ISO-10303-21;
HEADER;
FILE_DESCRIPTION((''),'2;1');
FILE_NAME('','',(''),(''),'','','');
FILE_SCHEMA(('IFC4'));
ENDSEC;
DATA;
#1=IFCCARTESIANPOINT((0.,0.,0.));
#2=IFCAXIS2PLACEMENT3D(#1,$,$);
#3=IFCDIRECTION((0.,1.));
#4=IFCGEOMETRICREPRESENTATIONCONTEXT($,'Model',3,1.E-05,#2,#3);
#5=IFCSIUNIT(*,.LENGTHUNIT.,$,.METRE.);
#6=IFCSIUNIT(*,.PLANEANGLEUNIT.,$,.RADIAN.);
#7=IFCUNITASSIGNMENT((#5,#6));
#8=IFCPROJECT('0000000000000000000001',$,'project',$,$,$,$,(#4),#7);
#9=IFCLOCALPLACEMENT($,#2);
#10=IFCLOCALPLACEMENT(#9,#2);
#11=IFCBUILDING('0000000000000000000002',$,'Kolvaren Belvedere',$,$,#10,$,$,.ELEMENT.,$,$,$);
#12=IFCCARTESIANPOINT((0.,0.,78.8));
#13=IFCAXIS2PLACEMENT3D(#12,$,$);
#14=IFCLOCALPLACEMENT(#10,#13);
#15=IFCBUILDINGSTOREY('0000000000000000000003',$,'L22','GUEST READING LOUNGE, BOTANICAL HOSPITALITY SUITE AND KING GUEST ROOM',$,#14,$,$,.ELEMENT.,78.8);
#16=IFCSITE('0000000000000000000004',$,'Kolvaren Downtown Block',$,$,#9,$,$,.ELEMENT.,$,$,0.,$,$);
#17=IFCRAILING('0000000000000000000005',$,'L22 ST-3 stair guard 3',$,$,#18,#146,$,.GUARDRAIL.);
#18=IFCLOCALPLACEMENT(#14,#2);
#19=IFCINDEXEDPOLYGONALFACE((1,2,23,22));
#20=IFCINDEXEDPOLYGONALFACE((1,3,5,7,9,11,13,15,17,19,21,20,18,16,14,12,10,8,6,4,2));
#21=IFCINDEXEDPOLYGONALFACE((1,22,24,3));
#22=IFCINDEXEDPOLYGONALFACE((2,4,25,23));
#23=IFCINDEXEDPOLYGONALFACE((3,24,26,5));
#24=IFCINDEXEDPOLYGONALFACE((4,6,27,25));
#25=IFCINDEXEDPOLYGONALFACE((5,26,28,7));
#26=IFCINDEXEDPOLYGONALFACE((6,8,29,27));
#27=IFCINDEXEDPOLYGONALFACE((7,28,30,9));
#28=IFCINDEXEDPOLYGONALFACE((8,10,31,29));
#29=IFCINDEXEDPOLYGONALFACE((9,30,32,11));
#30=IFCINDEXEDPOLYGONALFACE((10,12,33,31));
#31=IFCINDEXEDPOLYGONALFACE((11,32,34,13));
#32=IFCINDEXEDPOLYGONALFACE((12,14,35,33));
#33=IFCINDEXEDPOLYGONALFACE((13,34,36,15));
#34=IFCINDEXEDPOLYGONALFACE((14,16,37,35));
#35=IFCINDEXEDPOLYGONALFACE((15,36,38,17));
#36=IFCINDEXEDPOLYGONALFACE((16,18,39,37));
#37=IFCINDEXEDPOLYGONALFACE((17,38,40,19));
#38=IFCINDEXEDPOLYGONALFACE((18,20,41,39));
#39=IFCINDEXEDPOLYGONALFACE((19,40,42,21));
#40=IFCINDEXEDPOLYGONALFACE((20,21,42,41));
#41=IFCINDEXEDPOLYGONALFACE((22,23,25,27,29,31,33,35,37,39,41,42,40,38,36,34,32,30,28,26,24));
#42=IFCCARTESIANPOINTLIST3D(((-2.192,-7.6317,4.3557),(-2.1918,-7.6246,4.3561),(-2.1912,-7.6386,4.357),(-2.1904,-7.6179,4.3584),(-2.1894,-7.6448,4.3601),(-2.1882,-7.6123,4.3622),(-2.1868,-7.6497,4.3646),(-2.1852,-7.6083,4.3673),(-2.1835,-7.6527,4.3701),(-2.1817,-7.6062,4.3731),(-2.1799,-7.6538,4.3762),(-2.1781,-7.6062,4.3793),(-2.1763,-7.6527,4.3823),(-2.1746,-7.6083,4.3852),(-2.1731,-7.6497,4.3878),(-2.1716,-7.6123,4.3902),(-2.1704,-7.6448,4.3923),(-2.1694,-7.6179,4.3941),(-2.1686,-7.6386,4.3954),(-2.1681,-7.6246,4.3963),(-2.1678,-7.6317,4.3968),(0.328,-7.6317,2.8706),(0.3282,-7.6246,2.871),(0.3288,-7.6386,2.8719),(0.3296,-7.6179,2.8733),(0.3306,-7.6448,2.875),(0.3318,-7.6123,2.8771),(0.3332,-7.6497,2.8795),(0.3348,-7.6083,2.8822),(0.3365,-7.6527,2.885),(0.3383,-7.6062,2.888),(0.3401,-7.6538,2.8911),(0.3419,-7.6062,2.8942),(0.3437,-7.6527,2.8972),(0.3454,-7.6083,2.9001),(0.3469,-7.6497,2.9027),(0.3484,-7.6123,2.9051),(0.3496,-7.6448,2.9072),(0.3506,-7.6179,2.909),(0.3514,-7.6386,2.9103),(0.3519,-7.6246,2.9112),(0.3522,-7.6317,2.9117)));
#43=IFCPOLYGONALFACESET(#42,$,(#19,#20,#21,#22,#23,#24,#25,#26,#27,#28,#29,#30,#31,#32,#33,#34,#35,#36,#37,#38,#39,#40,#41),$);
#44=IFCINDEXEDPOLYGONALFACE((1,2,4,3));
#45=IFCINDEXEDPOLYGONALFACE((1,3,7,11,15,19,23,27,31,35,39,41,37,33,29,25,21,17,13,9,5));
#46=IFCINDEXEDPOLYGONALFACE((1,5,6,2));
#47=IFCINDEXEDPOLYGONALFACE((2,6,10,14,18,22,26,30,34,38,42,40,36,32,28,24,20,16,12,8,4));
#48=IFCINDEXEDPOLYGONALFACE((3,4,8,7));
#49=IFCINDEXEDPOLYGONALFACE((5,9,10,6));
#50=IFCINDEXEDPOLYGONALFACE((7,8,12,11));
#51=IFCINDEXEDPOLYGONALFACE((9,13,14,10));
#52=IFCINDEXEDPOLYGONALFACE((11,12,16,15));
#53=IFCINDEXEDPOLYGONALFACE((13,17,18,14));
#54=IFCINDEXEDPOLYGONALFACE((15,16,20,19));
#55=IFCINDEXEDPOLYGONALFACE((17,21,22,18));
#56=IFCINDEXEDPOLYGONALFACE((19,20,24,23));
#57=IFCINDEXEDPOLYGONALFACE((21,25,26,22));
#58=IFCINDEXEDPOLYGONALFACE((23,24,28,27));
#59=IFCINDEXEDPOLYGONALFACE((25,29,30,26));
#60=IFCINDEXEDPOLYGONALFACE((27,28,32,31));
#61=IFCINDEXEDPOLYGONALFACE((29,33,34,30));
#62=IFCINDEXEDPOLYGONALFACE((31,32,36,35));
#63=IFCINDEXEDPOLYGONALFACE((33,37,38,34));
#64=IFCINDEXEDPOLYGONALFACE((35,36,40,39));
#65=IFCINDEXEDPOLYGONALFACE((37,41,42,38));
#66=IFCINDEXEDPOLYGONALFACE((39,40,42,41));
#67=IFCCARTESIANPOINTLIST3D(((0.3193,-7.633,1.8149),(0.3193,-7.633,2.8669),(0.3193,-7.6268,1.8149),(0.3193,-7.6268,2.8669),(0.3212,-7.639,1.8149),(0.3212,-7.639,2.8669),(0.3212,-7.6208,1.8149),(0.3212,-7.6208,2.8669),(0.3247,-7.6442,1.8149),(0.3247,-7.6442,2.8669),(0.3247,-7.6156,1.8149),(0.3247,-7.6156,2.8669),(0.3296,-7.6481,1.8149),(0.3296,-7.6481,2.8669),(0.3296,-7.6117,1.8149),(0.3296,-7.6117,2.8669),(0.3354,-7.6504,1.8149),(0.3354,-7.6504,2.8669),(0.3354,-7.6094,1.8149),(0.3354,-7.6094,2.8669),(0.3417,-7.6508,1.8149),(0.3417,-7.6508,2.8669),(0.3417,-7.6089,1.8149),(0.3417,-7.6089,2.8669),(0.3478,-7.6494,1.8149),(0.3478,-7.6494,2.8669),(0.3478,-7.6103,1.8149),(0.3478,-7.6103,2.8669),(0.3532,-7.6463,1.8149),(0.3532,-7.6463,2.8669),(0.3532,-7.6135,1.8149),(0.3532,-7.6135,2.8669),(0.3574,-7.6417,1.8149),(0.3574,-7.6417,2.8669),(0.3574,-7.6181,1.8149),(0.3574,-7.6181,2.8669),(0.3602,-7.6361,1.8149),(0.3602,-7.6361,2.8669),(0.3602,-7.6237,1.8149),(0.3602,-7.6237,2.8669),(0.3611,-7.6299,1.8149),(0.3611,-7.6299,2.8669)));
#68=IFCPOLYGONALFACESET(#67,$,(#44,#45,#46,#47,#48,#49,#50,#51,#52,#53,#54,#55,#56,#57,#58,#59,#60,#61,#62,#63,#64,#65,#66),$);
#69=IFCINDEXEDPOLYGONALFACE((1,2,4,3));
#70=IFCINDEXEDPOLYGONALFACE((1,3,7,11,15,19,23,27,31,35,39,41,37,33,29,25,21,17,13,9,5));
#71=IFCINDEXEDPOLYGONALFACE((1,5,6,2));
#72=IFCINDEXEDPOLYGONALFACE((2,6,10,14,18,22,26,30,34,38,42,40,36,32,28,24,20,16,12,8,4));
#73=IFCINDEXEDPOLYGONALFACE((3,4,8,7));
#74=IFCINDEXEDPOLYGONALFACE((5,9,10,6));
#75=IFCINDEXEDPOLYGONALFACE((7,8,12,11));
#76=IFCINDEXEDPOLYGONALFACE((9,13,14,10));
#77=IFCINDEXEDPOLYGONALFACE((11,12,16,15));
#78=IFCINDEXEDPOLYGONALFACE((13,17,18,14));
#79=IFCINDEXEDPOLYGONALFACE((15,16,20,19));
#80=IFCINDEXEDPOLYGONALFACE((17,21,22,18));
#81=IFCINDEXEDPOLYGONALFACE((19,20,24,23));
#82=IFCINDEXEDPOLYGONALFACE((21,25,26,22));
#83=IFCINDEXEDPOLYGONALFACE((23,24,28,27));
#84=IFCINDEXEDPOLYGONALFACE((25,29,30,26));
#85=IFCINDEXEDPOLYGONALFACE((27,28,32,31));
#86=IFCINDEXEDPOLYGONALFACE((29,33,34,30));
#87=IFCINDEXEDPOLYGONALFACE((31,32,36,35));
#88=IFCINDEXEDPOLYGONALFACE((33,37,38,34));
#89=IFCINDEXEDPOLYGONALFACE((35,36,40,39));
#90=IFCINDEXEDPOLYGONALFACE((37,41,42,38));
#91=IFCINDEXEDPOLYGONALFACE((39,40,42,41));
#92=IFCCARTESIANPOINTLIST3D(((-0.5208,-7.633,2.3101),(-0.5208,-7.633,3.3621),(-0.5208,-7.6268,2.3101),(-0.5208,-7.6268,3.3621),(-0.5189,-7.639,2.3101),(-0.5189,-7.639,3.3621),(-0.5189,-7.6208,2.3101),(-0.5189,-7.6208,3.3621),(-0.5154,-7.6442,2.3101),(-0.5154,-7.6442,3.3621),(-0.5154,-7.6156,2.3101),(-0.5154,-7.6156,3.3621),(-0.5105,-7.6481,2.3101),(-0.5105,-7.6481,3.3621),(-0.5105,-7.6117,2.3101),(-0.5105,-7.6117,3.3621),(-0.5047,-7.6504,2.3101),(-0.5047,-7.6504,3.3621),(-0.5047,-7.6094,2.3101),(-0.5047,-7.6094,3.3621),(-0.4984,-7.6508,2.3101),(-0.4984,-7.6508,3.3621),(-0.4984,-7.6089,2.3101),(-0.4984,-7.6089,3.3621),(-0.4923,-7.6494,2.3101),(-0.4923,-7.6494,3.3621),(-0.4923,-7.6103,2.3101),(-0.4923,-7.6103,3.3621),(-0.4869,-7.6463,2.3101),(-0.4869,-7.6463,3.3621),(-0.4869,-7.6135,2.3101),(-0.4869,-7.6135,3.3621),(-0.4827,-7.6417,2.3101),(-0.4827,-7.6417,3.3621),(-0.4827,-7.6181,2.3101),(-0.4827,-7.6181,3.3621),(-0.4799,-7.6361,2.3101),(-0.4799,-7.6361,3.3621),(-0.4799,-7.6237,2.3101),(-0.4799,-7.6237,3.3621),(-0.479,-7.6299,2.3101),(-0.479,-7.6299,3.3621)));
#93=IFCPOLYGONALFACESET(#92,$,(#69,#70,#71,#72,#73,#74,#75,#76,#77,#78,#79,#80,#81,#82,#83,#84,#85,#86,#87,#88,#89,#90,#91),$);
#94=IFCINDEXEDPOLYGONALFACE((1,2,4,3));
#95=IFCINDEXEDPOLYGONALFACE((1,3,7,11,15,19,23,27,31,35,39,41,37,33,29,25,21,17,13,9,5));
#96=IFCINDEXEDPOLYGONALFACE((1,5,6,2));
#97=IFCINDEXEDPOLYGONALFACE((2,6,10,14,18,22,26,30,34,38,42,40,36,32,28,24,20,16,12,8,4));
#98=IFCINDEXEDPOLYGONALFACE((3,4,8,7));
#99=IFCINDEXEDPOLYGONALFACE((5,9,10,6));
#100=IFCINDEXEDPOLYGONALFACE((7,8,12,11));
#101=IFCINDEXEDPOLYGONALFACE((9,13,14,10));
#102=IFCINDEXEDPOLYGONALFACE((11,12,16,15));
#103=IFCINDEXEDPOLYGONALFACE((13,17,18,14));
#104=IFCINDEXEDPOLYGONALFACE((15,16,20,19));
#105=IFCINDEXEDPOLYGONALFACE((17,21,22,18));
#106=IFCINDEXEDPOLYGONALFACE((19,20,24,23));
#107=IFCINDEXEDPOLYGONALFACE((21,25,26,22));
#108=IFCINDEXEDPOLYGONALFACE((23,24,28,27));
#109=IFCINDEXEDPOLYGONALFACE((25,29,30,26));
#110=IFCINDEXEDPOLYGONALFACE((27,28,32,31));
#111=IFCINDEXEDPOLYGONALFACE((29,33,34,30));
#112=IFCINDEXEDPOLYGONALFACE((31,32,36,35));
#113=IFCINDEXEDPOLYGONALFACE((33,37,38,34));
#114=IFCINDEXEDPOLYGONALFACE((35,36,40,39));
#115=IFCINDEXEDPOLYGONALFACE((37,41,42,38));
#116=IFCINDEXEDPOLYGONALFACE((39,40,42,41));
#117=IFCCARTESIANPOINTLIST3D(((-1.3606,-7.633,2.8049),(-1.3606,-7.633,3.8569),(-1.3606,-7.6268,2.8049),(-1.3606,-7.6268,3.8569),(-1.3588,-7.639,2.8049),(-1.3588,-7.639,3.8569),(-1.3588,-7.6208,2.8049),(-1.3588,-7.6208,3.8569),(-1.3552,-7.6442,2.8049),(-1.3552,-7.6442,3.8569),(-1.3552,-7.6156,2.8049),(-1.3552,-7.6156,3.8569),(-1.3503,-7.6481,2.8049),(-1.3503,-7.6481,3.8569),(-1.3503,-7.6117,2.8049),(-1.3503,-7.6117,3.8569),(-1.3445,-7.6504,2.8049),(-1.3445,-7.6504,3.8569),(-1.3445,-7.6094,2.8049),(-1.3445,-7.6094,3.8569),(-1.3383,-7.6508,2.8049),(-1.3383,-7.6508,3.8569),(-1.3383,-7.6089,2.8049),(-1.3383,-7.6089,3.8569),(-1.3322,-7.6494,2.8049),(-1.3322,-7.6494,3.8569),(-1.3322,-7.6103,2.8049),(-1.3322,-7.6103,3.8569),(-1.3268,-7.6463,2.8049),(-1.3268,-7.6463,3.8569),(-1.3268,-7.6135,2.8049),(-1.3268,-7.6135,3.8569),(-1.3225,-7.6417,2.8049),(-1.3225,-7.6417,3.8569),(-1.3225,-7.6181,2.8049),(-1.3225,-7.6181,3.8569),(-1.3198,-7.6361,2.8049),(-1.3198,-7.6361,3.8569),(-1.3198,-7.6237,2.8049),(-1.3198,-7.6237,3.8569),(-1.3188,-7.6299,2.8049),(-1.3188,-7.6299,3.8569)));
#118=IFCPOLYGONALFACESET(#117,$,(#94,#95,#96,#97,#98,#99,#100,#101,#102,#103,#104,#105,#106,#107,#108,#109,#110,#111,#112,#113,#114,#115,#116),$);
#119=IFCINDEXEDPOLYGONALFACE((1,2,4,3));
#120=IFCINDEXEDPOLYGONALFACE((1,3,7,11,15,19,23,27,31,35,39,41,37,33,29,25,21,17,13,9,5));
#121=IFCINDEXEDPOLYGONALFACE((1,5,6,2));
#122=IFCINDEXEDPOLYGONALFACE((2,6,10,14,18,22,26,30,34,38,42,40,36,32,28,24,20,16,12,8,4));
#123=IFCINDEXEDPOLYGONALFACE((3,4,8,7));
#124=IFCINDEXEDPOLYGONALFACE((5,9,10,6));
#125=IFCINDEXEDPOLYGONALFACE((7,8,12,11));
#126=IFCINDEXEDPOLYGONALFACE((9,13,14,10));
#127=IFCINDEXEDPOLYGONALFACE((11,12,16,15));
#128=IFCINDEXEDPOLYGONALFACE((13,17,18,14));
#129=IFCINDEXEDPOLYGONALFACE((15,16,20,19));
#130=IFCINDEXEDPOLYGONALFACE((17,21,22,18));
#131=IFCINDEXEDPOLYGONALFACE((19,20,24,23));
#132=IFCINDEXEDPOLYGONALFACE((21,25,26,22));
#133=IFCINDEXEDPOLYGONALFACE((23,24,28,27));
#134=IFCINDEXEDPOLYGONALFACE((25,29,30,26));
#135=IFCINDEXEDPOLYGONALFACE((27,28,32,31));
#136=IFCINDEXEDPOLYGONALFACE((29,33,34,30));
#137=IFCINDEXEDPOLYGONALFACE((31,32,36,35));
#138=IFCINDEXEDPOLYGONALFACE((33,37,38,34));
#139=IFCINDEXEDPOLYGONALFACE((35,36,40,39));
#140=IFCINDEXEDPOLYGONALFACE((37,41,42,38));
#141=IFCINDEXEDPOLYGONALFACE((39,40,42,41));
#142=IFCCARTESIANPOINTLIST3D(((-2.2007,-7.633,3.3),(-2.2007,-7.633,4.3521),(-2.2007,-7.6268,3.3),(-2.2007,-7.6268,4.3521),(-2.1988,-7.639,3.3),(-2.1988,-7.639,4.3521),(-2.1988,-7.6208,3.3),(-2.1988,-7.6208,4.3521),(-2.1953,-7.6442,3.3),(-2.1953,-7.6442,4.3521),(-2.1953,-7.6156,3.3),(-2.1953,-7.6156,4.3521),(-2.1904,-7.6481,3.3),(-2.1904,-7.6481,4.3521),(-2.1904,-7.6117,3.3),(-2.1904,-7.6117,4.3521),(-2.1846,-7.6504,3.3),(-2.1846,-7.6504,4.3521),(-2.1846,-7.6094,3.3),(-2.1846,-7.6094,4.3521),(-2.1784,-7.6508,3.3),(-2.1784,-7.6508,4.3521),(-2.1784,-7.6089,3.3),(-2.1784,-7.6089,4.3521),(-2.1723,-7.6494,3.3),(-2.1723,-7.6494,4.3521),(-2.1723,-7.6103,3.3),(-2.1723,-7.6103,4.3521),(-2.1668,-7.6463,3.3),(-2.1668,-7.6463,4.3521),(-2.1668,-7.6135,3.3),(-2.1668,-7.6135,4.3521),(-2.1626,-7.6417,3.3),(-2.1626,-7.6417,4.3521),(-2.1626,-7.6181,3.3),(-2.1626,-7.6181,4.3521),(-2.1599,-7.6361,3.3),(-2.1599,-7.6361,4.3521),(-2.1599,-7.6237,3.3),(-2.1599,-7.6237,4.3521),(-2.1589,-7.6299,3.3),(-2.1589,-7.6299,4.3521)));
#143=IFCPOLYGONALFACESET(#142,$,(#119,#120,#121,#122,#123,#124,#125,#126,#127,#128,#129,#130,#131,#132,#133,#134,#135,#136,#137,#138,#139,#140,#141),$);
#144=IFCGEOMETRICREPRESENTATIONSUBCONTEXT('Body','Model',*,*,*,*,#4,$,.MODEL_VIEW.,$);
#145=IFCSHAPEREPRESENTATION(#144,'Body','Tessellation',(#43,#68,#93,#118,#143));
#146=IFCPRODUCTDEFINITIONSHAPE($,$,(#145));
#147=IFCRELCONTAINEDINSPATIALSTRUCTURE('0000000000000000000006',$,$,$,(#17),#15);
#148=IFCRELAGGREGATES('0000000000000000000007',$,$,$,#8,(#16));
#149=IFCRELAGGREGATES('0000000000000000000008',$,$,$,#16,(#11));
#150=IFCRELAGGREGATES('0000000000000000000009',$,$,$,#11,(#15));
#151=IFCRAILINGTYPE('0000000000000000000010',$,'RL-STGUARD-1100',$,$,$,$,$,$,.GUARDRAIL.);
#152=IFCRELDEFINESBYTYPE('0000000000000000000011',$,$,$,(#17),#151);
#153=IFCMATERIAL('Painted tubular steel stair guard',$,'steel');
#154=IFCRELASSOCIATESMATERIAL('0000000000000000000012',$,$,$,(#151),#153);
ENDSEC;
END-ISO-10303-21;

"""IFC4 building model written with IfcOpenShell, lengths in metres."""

from ifc_helpers import new_model, si_unit, direction, frame, origin, origin_2d, place, context, subcontext, project, spatial, circle, extrude, material, type_object, element, save


model = new_model("IFC4")

# Units and contexts
model_context = context("Model", 3, precision=1e-05, world=origin(), true_north=direction((0.0, 1.0)))
body_context = subcontext(model_context, "Body", "Model", "MODEL_VIEW")
ifc_project = project(units=[si_unit("LENGTHUNIT", "METRE"), si_unit("PLANEANGLEUNIT", "RADIAN")], contexts=[model_context])

# Site, building, storey
site_placement = place(None, origin())
site = spatial("IfcSite", under=ifc_project, at=site_placement, Name="Kolvaren Downtown Block", CompositionType="ELEMENT", RefElevation=0.0)
building_placement = place(site_placement, origin())
building = spatial("IfcBuilding", under=site, at=building_placement, Name="Kolvaren Belvedere", CompositionType="ELEMENT")
storey_placement = place(building_placement, frame((0.0, 0.0, 78.8)))
storey = spatial("IfcBuildingStorey", under=building, at=storey_placement, Name="L22", Description="GUEST READING LOUNGE, BOTANICAL HOSPITALITY SUITE AND KING GUEST ROOM", CompositionType="ELEMENT", Elevation=78.8)

# Railing
ifc_material_1 = material(Name="Painted tubular steel stair guard", Category="steel")
railing_type_1 = type_object("IfcRailingType", Name="RL-STGUARD-1100", PredefinedType="GUARDRAIL", material=ifc_material_1)
railing_1_placement = place(storey_placement, frame((0.3401, -7.6299, 1.8149)))
element("IfcRailing", 1, at=railing_1_placement, inside=storey, type_object=railing_type_1, Name="L22 ST-3 stair guard 3", PredefinedType="GUARDRAIL", context=body_context, shape_type="SweptSolid", body=[
    extrude(circle(Radius=0.0239, at=origin_2d()), frame((0.0, 0.0, 1.0762), z_axis=(-0.861524, 0.0, 0.507717), x_axis=(0.0, -1.0, 0.0)), (0.0, 0.0, 1.0), 2.925),
    extrude(circle(Radius=0.021, at=origin_2d()), origin(), (0.0, 0.0, 1.0), 1.052),
    extrude(circle(Radius=0.021, at=origin_2d()), frame((-0.8401, 0.0, 0.4951)), (0.0, 0.0, 1.0), 1.052),
    extrude(circle(Radius=0.021, at=origin_2d()), frame((-1.6799, 0.0, 0.99)), (0.0, 0.0, 1.0), 1.052),
    extrude(circle(Radius=0.021, at=origin_2d()), frame((-2.52, 0.0, 1.4851)), (0.0, 0.0, 1.0), 1.052),
])

save(model, "model.ifc")
